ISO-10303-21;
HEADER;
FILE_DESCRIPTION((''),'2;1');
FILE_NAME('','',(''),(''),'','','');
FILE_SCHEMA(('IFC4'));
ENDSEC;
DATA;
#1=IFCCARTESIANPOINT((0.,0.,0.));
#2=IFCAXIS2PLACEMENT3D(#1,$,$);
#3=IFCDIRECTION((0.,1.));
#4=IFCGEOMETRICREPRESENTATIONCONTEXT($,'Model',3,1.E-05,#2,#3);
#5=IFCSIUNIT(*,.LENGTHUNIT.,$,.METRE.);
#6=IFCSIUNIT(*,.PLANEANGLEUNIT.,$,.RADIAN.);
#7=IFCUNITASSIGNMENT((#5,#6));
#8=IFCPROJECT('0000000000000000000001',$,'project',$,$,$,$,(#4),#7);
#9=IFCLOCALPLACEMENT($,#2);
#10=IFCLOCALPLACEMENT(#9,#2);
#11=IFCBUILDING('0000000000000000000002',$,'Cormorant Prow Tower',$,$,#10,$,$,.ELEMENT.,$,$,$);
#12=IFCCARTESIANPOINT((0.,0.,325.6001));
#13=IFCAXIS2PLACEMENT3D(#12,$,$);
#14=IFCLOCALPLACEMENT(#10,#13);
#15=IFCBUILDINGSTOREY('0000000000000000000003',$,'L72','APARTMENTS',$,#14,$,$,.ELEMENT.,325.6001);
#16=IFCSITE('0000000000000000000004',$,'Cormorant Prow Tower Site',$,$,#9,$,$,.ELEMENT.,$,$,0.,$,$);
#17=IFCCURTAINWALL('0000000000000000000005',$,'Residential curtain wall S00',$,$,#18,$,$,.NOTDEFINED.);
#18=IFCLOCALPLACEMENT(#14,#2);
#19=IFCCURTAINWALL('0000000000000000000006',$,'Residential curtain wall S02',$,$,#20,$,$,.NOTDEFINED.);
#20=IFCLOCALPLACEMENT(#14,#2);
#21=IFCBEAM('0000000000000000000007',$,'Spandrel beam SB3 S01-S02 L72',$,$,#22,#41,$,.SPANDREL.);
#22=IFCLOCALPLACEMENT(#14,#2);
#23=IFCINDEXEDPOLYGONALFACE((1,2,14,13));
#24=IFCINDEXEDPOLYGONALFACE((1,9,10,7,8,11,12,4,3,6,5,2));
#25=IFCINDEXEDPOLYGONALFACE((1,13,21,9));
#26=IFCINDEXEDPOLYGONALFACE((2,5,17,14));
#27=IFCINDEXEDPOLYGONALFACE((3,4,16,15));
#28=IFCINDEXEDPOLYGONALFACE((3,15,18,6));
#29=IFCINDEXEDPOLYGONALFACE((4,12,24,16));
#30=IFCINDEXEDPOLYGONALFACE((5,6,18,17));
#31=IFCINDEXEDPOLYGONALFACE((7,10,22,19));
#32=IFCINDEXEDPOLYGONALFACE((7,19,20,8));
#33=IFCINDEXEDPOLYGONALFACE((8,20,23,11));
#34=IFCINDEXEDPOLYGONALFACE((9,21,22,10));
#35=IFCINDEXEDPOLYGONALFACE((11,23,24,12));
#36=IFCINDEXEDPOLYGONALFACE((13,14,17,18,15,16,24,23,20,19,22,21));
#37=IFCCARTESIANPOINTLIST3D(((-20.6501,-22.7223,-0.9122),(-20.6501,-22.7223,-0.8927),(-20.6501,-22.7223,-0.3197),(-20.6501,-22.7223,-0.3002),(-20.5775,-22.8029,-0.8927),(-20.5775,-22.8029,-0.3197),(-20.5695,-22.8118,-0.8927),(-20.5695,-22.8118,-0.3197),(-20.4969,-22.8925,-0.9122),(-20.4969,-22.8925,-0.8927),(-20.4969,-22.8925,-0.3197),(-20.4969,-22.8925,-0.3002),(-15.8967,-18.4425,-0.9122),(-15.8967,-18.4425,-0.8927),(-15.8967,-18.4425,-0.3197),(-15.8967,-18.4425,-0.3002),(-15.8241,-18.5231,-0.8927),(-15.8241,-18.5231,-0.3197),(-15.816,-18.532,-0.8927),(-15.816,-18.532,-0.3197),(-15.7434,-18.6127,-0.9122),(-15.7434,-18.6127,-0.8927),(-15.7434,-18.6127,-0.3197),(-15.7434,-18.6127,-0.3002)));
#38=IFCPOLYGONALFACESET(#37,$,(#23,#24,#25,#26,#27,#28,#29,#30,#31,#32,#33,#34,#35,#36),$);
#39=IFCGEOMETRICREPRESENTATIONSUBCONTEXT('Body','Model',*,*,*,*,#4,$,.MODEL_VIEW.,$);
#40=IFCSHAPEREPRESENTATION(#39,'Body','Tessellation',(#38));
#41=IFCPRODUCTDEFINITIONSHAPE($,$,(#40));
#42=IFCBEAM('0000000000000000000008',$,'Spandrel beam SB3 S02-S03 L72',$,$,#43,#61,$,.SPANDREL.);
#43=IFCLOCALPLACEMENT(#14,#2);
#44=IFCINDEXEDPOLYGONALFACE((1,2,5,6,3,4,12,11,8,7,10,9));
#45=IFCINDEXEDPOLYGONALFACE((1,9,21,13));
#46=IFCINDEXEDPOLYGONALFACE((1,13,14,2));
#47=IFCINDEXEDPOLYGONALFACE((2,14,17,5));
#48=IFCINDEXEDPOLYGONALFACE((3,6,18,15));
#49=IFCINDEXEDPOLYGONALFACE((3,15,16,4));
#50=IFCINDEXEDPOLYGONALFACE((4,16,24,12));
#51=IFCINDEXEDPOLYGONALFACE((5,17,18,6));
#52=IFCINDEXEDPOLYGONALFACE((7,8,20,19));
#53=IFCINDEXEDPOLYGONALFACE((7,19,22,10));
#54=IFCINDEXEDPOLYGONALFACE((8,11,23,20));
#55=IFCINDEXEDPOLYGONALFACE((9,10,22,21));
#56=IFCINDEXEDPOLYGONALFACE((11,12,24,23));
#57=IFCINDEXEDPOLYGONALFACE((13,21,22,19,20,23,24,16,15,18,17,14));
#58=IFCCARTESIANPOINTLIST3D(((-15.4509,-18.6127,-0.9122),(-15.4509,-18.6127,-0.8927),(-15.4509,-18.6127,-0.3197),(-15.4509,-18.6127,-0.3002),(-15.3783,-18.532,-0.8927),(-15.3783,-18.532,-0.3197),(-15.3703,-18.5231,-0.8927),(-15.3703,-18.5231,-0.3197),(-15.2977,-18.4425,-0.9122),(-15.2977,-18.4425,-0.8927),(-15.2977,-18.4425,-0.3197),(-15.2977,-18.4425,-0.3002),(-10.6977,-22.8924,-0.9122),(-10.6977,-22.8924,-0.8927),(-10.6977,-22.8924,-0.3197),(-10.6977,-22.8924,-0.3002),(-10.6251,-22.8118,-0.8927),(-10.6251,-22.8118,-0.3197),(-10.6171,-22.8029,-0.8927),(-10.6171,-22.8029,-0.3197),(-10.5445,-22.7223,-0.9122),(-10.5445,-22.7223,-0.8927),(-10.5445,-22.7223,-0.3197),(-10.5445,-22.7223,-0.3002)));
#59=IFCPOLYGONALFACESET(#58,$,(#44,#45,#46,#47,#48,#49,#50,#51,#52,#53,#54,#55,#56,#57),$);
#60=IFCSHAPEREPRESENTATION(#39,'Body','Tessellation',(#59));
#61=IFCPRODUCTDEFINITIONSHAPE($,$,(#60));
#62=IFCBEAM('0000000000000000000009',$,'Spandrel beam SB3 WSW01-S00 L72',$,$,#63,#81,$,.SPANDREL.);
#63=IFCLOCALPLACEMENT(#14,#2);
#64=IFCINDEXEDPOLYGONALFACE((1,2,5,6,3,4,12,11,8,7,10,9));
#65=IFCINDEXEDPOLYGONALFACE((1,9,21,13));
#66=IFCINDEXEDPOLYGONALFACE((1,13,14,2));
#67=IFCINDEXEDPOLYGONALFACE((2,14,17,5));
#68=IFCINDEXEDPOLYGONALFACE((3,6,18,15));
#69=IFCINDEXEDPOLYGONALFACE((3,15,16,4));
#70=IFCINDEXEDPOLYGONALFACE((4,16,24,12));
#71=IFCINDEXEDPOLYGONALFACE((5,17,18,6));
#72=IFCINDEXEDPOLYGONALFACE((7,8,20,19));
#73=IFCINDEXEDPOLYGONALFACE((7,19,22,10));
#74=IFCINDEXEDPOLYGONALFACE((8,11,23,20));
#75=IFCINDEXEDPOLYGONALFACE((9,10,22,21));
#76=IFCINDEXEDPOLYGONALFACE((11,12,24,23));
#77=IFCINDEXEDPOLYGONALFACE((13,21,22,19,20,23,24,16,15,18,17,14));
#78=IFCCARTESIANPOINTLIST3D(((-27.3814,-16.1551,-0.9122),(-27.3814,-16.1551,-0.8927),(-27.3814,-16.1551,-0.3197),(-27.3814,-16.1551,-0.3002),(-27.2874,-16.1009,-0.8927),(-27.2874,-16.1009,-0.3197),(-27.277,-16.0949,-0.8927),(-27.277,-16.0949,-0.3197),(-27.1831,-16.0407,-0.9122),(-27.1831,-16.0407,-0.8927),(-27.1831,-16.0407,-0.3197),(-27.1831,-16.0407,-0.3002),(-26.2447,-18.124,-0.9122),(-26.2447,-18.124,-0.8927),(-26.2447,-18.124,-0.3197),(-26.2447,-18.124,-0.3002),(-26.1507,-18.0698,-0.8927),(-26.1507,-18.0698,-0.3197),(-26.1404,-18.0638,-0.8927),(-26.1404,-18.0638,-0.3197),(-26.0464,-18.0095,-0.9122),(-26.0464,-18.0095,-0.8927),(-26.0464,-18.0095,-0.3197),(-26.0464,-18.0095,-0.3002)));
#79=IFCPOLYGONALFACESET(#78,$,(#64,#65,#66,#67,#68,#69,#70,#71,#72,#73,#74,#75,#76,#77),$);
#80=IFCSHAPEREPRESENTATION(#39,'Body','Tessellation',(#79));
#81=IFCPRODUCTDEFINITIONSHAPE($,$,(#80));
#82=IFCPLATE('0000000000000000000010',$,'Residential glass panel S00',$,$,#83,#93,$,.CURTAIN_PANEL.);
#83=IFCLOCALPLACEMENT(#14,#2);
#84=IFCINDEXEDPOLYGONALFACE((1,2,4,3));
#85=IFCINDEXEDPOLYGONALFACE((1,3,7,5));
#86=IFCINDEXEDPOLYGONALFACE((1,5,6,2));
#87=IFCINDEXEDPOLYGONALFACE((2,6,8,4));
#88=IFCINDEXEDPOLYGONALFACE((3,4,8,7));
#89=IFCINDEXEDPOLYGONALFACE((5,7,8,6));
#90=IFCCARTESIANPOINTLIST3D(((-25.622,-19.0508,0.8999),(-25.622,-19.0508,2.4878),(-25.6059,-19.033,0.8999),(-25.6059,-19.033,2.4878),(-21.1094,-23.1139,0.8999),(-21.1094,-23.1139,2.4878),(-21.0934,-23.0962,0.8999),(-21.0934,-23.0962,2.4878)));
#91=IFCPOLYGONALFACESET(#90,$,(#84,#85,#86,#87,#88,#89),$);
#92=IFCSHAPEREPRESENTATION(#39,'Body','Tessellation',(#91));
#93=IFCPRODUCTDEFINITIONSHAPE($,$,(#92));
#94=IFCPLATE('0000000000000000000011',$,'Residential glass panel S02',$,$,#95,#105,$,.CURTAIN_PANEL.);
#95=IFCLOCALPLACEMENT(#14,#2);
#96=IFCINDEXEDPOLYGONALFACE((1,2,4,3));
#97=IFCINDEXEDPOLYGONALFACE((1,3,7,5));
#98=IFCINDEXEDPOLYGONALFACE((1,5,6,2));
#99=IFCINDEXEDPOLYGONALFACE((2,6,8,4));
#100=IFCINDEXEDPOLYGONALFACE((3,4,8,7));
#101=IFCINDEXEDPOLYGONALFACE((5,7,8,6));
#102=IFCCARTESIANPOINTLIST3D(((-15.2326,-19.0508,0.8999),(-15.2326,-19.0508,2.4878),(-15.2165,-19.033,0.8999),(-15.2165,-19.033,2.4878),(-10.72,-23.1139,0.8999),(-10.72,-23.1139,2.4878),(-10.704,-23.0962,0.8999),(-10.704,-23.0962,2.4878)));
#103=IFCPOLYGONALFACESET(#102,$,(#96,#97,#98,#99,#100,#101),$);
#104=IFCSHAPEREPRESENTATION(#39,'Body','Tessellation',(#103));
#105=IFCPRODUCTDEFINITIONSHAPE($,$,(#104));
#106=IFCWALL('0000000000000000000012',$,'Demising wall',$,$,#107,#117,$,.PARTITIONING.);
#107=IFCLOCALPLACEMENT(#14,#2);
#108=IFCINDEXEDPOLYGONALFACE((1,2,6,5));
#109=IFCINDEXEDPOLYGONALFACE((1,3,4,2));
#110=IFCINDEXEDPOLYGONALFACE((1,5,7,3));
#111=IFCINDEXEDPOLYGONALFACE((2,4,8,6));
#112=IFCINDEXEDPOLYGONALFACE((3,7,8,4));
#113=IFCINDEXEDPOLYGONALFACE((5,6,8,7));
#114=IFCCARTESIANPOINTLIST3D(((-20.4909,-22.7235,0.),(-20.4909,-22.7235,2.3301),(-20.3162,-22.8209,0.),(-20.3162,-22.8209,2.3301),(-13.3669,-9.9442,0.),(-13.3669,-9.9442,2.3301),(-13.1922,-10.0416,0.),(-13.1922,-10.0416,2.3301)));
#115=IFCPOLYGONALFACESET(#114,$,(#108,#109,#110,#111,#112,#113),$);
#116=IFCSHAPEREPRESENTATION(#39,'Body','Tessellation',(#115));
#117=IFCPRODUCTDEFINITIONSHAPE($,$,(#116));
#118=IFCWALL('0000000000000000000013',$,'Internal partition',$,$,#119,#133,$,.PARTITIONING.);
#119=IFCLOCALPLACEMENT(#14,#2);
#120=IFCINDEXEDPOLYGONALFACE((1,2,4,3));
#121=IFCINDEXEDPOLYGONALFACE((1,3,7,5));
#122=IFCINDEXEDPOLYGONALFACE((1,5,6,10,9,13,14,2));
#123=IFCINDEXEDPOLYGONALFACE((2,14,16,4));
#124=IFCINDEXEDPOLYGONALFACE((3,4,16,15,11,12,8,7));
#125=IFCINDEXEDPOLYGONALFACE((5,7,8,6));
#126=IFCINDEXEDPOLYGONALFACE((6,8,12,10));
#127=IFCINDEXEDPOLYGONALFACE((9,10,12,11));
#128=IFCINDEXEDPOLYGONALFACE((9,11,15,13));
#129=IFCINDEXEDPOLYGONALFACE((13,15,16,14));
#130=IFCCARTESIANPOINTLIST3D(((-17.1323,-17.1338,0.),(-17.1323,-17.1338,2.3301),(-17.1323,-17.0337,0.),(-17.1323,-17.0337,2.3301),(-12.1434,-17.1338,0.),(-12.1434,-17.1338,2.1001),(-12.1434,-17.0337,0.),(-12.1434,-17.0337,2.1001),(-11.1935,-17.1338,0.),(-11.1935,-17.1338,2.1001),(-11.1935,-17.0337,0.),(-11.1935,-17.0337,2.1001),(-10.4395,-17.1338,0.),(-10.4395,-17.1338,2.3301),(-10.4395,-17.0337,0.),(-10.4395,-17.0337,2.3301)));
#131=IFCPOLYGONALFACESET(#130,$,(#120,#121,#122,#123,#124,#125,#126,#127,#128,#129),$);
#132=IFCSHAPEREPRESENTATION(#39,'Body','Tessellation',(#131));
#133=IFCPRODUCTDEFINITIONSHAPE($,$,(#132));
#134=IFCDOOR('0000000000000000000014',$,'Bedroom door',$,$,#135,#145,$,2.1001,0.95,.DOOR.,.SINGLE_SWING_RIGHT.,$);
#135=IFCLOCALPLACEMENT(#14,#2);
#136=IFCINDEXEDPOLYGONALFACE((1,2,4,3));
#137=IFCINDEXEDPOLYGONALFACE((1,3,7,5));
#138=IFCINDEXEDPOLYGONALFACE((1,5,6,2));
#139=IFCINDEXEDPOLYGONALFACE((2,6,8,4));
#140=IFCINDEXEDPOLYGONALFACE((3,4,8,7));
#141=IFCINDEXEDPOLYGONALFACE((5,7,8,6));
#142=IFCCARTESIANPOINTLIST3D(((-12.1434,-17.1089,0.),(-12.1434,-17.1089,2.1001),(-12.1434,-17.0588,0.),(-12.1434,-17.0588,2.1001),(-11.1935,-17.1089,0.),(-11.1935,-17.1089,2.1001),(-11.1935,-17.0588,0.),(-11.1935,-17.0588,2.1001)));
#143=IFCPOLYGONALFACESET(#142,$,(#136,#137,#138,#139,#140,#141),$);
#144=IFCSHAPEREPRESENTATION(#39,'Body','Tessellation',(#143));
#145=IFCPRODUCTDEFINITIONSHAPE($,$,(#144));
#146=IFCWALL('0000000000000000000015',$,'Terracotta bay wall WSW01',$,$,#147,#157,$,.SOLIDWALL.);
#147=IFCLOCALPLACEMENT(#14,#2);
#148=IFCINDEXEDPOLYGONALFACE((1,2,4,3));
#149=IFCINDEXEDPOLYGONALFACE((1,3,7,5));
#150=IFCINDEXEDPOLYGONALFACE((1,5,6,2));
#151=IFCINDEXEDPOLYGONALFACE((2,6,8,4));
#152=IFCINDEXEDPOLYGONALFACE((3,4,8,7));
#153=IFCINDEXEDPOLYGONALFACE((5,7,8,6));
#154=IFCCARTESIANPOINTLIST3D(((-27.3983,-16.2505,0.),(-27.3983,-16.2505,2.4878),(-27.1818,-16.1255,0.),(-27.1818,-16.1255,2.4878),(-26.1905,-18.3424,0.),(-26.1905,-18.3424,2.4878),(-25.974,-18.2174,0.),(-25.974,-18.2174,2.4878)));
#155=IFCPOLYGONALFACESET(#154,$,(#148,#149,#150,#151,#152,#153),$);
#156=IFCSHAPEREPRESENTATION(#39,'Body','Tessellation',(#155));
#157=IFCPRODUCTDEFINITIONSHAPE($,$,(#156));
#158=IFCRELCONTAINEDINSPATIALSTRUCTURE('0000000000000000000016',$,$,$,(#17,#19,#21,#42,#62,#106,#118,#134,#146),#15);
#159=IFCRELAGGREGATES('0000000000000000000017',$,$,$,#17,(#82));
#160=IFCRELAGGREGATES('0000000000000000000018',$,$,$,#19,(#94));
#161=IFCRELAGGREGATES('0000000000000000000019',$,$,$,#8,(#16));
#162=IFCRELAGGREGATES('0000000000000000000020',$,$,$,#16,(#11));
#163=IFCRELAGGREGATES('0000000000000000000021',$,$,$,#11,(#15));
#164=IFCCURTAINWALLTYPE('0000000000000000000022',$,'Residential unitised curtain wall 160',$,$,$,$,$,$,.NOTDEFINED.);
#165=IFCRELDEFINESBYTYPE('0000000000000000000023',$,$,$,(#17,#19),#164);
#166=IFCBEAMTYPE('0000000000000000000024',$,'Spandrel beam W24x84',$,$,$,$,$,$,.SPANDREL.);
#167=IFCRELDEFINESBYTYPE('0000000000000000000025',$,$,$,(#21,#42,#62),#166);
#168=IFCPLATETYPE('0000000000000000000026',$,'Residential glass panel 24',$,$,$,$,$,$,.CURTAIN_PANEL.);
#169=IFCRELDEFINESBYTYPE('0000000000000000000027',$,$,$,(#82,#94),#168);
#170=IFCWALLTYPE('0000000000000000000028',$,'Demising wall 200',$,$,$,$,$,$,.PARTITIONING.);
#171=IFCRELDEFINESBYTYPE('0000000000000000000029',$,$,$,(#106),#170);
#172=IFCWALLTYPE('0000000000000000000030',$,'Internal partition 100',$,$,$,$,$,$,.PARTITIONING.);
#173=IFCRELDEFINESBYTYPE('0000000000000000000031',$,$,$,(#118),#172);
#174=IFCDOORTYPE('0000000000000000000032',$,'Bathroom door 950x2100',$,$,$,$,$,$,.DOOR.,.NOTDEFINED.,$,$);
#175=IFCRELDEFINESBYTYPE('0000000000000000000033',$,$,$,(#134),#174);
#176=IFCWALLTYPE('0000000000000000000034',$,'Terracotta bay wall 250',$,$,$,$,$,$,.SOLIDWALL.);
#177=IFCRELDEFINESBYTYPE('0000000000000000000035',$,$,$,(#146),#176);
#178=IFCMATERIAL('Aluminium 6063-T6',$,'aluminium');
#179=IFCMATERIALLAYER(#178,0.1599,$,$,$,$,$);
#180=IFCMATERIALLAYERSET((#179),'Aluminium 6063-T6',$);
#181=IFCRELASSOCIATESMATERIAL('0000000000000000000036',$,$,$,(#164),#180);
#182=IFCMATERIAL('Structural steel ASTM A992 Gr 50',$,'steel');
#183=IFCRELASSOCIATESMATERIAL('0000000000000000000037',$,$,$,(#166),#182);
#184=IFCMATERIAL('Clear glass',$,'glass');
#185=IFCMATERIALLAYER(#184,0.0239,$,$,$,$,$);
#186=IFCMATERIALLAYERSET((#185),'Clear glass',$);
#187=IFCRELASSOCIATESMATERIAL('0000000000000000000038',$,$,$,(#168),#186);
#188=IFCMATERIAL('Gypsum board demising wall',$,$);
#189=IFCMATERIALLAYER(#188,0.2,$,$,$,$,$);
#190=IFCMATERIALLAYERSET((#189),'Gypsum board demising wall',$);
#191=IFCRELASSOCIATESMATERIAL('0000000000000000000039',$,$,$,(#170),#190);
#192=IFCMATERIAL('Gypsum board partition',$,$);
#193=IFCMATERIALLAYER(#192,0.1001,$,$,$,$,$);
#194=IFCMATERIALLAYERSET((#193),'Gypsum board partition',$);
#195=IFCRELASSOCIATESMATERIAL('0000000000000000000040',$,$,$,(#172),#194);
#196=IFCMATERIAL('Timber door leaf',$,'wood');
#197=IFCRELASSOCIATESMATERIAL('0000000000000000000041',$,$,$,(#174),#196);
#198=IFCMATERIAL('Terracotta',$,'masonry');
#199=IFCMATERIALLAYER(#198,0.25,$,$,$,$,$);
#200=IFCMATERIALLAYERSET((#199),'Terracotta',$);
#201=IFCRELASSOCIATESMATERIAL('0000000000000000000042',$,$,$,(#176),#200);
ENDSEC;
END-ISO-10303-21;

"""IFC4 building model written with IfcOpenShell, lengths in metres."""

from ifc_helpers import new_model, si_unit, direction, frame, frame_2d, origin, origin_2d, place, context, subcontext, project, spatial, rectangle, i_section, extrude, material, layer, layer_set, material_profile, profile_set, type_object, element, fill, aggregate, save


model = new_model("IFC4")

# Units and contexts
model_context = context("Model", 3, precision=1e-05, world=origin(), true_north=direction((0.0, 1.0)))
body_context = subcontext(model_context, "Body", "Model", "MODEL_VIEW")
ifc_project = project(units=[si_unit("LENGTHUNIT", "METRE"), si_unit("PLANEANGLEUNIT", "RADIAN")], contexts=[model_context])

# Site, building, storey
site_placement = place(None, origin())
site = spatial("IfcSite", under=ifc_project, at=site_placement, Name="Cormorant Prow Tower Site", CompositionType="ELEMENT", RefElevation=0.0)
building_placement = place(site_placement, origin())
building = spatial("IfcBuilding", under=site, at=building_placement, Name="Cormorant Prow Tower", CompositionType="ELEMENT")
storey_placement = place(building_placement, frame((0.0, 0.0, 325.6001)))
storey = spatial("IfcBuildingStorey", under=building, at=storey_placement, Name="L72", Description="APARTMENTS", CompositionType="ELEMENT", Elevation=325.6001)

# Curtain walls
ifc_material_1 = material(Name="Aluminium 6063-T6", Category="aluminium")
ifc_layer_1 = layer(ifc_material_1, 0.1599)
ifc_layer_set_1 = layer_set([ifc_layer_1], Name="Aluminium 6063-T6")
curtain_wall_type = type_object("IfcCurtainWallType", Name="Residential unitised curtain wall 160", PredefinedType="NOTDEFINED", material=ifc_layer_set_1)
curtain_wall_1_placement = place(storey_placement, origin())
curtain_wall_1 = element("IfcCurtainWall", 1, at=curtain_wall_1_placement, inside=storey, type_object=curtain_wall_type, Name="Residential curtain wall S00", PredefinedType="NOTDEFINED")
curtain_wall_2_placement = place(storey_placement, origin())
curtain_wall_2 = element("IfcCurtainWall", 2, at=curtain_wall_2_placement, inside=storey, type_object=curtain_wall_type, Name="Residential curtain wall S02", PredefinedType="NOTDEFINED")

# Beams
ifc_material_2 = material(Name="Structural steel ASTM A992 Gr 50", Category="steel")
ifc_material_profile_1 = material_profile(ifc_material_2, i_section(OverallWidth=0.229, OverallDepth=0.6121, WebThickness=0.012, FlangeThickness=0.0195, at=origin_2d()), Name="W24x84")
ifc_profile_set_1 = profile_set([ifc_material_profile_1], Name="Structural steel ASTM A992 Gr 50")
beam_type = type_object("IfcBeamType", Name="Spandrel beam W24x84", PredefinedType="SPANDREL", material=ifc_profile_set_1)
beam_1_placement = place(storey_placement, frame((-20.5735, -22.8074, -0.6062), z_axis=(0.743161, 0.669112, 0.0), x_axis=(-0.669112, 0.743161, 0.0)))
element("IfcBeam", 3, at=beam_1_placement, inside=storey, type_object=beam_type, Name="Spandrel beam SB3 S01-S02 L72", PredefinedType="SPANDREL", context=body_context, shape_type="SweptSolid", body=[
    extrude(i_section(OverallWidth=0.229, OverallDepth=0.6121, WebThickness=0.012, FlangeThickness=0.0195, at=origin_2d()), origin(), (0.0, 0.0, 1.0), 6.3962),
])
beam_2_placement = place(storey_placement, frame((-15.3743, -18.5276, -0.6062), z_axis=(0.743144, -0.669131, 0.0), x_axis=(0.669131, 0.743144, 0.0)))
element("IfcBeam", 4, at=beam_2_placement, inside=storey, type_object=beam_type, Name="Spandrel beam SB3 S02-S03 L72", PredefinedType="SPANDREL", context=body_context, shape_type="SweptSolid", body=[
    extrude(i_section(OverallWidth=0.229, OverallDepth=0.6121, WebThickness=0.012, FlangeThickness=0.0195, at=origin_2d()), origin(), (0.0, 0.0, 1.0), 6.396),
])
beam_3_placement = place(storey_placement, frame((-27.2822, -16.0979, -0.6062), z_axis=(0.499973, -0.866041, 0.0), x_axis=(0.866041, 0.499973, 0.0)))
element("IfcBeam", 5, at=beam_3_placement, inside=storey, type_object=beam_type, Name="Spandrel beam SB3 WSW01-S00 L72", PredefinedType="SPANDREL", context=body_context, shape_type="SweptSolid", body=[
    extrude(i_section(OverallWidth=0.229, OverallDepth=0.6121, WebThickness=0.012, FlangeThickness=0.0195, at=origin_2d()), origin(), (0.0, 0.0, 1.0), 2.2734),
])

# Plates
ifc_material_3 = material(Name="Clear glass", Category="glass")
ifc_layer_2 = layer(ifc_material_3, 0.0239)
ifc_layer_set_2 = layer_set([ifc_layer_2], Name="Clear glass")
plate_type = type_object("IfcPlateType", Name="Residential glass panel 24", PredefinedType="CURTAIN_PANEL", material=ifc_layer_set_2)
plate_1_placement = place(storey_placement, frame((-23.3577, -21.0735, 0.8999), z_axis=(0.0, 0.0, 1.0), x_axis=(0.743145, -0.669131, 0.0)))
plate_1 = element("IfcPlate", 6, at=plate_1_placement, type_object=plate_type, Name="Residential glass panel S00", PredefinedType="CURTAIN_PANEL", context=body_context, shape_type="SweptSolid", body=[
    extrude(rectangle(XDim=6.0723, YDim=0.0239, at=origin_2d()), origin(), (0.0, 0.0, 1.0), 1.5879),
])
aggregate(curtain_wall_1, [plate_1])
plate_2_placement = place(storey_placement, frame((-12.9683, -21.0735, 0.8999), z_axis=(0.0, 0.0, 1.0), x_axis=(0.743145, -0.669131, 0.0)))
plate_2 = element("IfcPlate", 7, at=plate_2_placement, type_object=plate_type, Name="Residential glass panel S02", PredefinedType="CURTAIN_PANEL", context=body_context, shape_type="SweptSolid", body=[
    extrude(rectangle(XDim=6.0723, YDim=0.0239, at=origin_2d()), origin(), (0.0, 0.0, 1.0), 1.5879),
])
aggregate(curtain_wall_2, [plate_2])

# Wall
ifc_material_4 = material(Name="Gypsum board demising wall")
ifc_layer_3 = layer(ifc_material_4, 0.2)
ifc_layer_set_3 = layer_set([ifc_layer_3], Name="Gypsum board demising wall")
wall_type_1 = type_object("IfcWallType", Name="Demising wall 200", PredefinedType="PARTITIONING", material=ifc_layer_set_3)
wall_1_placement = place(storey_placement, frame((-20.4036, -22.7722, 0.0), z_axis=(0.0, 0.0, 1.0), x_axis=(0.486918, 0.873448, 0.0)))
element("IfcWall", 8, at=wall_1_placement, inside=storey, type_object=wall_type_1, Name="Demising wall", PredefinedType="PARTITIONING", context=body_context, shape_type="SweptSolid", body=[
    extrude(rectangle(XDim=14.6309, YDim=0.2, at=frame_2d((7.3154, 0.0))), origin(), (0.0, 0.0, 1.0), 2.3301),
])

# Wall, opening, door
ifc_material_5 = material(Name="Gypsum board partition")
ifc_layer_4 = layer(ifc_material_5, 0.1001)
ifc_layer_set_4 = layer_set([ifc_layer_4], Name="Gypsum board partition")
wall_type_2 = type_object("IfcWallType", Name="Internal partition 100", PredefinedType="PARTITIONING", material=ifc_layer_set_4)
wall_2_placement = place(storey_placement, frame((-17.1323, -17.0837, 0.0), z_axis=(0.0, 0.0, 1.0), x_axis=(1.0, 0.0, 0.0)))
wall_2 = element("IfcWall", 9, at=wall_2_placement, inside=storey, type_object=wall_type_2, Name="Internal partition", PredefinedType="PARTITIONING", context=body_context, shape_type="SweptSolid", body=[
    extrude(rectangle(XDim=6.6929, YDim=0.1001, at=frame_2d((3.3464, 0.0))), origin(), (0.0, 0.0, 1.0), 2.3301),
])
opening_1_placement = place(wall_2_placement, frame((4.9888, 0.0, 0.0)))
opening_1 = element("IfcOpeningElement", 10, at=opening_1_placement, cuts=wall_2, PredefinedType="OPENING", context=body_context, shape_type="SweptSolid", body=[
    extrude(rectangle(XDim=0.95, YDim=2.1001, at=frame_2d((0.4751, 1.05))), frame((0.0, 0.0601, 0.0), z_axis=(0.0, -1.0, 0.0), x_axis=(1.0, 0.0, 0.0)), (0.0, 0.0, 1.0), 0.1201),
])
ifc_material_6 = material(Name="Timber door leaf", Category="wood")
door_type_1 = type_object("IfcDoorType", Name="Bathroom door 950x2100", OperationType="NOTDEFINED", PredefinedType="DOOR", material=ifc_material_6)
door_1_placement = place(opening_1_placement, origin())
door_1 = element("IfcDoor", 11, at=door_1_placement, inside=storey, type_object=door_type_1, Name="Bedroom door", OperationType="SINGLE_SWING_RIGHT", OverallHeight=2.1001, OverallWidth=0.95, PredefinedType="DOOR", context=body_context, shape_type="SweptSolid", body=[
    extrude(rectangle(XDim=0.95, YDim=2.1001, at=frame_2d((0.4751, 1.05))), frame((0.0, 0.0249, 0.0), z_axis=(0.0, -1.0, 0.0), x_axis=(1.0, 0.0, 0.0)), (0.0, 0.0, 1.0), 0.05),
])
fill(opening_1, door_1)

# Wall
ifc_material_7 = material(Name="Terracotta", Category="masonry")
ifc_layer_5 = layer(ifc_material_7, 0.25)
ifc_layer_set_5 = layer_set([ifc_layer_5], Name="Terracotta")
wall_type_3 = type_object("IfcWallType", Name="Terracotta bay wall 250", PredefinedType="SOLIDWALL", material=ifc_layer_set_5)
wall_3_placement = place(storey_placement, frame((-27.29, -16.188, 0.0), z_axis=(0.0, 0.0, 1.0), x_axis=(0.50002, -0.866014, 0.0)))
element("IfcWall", 12, at=wall_3_placement, inside=storey, type_object=wall_type_3, Name="Terracotta bay wall WSW01", PredefinedType="SOLIDWALL", context=body_context, shape_type="SweptSolid", body=[
    extrude(rectangle(XDim=2.4155, YDim=0.25, at=frame_2d((1.2078, 0.0))), origin(), (0.0, 0.0, 1.0), 2.4878),
])

save(model, "model.ifc")
